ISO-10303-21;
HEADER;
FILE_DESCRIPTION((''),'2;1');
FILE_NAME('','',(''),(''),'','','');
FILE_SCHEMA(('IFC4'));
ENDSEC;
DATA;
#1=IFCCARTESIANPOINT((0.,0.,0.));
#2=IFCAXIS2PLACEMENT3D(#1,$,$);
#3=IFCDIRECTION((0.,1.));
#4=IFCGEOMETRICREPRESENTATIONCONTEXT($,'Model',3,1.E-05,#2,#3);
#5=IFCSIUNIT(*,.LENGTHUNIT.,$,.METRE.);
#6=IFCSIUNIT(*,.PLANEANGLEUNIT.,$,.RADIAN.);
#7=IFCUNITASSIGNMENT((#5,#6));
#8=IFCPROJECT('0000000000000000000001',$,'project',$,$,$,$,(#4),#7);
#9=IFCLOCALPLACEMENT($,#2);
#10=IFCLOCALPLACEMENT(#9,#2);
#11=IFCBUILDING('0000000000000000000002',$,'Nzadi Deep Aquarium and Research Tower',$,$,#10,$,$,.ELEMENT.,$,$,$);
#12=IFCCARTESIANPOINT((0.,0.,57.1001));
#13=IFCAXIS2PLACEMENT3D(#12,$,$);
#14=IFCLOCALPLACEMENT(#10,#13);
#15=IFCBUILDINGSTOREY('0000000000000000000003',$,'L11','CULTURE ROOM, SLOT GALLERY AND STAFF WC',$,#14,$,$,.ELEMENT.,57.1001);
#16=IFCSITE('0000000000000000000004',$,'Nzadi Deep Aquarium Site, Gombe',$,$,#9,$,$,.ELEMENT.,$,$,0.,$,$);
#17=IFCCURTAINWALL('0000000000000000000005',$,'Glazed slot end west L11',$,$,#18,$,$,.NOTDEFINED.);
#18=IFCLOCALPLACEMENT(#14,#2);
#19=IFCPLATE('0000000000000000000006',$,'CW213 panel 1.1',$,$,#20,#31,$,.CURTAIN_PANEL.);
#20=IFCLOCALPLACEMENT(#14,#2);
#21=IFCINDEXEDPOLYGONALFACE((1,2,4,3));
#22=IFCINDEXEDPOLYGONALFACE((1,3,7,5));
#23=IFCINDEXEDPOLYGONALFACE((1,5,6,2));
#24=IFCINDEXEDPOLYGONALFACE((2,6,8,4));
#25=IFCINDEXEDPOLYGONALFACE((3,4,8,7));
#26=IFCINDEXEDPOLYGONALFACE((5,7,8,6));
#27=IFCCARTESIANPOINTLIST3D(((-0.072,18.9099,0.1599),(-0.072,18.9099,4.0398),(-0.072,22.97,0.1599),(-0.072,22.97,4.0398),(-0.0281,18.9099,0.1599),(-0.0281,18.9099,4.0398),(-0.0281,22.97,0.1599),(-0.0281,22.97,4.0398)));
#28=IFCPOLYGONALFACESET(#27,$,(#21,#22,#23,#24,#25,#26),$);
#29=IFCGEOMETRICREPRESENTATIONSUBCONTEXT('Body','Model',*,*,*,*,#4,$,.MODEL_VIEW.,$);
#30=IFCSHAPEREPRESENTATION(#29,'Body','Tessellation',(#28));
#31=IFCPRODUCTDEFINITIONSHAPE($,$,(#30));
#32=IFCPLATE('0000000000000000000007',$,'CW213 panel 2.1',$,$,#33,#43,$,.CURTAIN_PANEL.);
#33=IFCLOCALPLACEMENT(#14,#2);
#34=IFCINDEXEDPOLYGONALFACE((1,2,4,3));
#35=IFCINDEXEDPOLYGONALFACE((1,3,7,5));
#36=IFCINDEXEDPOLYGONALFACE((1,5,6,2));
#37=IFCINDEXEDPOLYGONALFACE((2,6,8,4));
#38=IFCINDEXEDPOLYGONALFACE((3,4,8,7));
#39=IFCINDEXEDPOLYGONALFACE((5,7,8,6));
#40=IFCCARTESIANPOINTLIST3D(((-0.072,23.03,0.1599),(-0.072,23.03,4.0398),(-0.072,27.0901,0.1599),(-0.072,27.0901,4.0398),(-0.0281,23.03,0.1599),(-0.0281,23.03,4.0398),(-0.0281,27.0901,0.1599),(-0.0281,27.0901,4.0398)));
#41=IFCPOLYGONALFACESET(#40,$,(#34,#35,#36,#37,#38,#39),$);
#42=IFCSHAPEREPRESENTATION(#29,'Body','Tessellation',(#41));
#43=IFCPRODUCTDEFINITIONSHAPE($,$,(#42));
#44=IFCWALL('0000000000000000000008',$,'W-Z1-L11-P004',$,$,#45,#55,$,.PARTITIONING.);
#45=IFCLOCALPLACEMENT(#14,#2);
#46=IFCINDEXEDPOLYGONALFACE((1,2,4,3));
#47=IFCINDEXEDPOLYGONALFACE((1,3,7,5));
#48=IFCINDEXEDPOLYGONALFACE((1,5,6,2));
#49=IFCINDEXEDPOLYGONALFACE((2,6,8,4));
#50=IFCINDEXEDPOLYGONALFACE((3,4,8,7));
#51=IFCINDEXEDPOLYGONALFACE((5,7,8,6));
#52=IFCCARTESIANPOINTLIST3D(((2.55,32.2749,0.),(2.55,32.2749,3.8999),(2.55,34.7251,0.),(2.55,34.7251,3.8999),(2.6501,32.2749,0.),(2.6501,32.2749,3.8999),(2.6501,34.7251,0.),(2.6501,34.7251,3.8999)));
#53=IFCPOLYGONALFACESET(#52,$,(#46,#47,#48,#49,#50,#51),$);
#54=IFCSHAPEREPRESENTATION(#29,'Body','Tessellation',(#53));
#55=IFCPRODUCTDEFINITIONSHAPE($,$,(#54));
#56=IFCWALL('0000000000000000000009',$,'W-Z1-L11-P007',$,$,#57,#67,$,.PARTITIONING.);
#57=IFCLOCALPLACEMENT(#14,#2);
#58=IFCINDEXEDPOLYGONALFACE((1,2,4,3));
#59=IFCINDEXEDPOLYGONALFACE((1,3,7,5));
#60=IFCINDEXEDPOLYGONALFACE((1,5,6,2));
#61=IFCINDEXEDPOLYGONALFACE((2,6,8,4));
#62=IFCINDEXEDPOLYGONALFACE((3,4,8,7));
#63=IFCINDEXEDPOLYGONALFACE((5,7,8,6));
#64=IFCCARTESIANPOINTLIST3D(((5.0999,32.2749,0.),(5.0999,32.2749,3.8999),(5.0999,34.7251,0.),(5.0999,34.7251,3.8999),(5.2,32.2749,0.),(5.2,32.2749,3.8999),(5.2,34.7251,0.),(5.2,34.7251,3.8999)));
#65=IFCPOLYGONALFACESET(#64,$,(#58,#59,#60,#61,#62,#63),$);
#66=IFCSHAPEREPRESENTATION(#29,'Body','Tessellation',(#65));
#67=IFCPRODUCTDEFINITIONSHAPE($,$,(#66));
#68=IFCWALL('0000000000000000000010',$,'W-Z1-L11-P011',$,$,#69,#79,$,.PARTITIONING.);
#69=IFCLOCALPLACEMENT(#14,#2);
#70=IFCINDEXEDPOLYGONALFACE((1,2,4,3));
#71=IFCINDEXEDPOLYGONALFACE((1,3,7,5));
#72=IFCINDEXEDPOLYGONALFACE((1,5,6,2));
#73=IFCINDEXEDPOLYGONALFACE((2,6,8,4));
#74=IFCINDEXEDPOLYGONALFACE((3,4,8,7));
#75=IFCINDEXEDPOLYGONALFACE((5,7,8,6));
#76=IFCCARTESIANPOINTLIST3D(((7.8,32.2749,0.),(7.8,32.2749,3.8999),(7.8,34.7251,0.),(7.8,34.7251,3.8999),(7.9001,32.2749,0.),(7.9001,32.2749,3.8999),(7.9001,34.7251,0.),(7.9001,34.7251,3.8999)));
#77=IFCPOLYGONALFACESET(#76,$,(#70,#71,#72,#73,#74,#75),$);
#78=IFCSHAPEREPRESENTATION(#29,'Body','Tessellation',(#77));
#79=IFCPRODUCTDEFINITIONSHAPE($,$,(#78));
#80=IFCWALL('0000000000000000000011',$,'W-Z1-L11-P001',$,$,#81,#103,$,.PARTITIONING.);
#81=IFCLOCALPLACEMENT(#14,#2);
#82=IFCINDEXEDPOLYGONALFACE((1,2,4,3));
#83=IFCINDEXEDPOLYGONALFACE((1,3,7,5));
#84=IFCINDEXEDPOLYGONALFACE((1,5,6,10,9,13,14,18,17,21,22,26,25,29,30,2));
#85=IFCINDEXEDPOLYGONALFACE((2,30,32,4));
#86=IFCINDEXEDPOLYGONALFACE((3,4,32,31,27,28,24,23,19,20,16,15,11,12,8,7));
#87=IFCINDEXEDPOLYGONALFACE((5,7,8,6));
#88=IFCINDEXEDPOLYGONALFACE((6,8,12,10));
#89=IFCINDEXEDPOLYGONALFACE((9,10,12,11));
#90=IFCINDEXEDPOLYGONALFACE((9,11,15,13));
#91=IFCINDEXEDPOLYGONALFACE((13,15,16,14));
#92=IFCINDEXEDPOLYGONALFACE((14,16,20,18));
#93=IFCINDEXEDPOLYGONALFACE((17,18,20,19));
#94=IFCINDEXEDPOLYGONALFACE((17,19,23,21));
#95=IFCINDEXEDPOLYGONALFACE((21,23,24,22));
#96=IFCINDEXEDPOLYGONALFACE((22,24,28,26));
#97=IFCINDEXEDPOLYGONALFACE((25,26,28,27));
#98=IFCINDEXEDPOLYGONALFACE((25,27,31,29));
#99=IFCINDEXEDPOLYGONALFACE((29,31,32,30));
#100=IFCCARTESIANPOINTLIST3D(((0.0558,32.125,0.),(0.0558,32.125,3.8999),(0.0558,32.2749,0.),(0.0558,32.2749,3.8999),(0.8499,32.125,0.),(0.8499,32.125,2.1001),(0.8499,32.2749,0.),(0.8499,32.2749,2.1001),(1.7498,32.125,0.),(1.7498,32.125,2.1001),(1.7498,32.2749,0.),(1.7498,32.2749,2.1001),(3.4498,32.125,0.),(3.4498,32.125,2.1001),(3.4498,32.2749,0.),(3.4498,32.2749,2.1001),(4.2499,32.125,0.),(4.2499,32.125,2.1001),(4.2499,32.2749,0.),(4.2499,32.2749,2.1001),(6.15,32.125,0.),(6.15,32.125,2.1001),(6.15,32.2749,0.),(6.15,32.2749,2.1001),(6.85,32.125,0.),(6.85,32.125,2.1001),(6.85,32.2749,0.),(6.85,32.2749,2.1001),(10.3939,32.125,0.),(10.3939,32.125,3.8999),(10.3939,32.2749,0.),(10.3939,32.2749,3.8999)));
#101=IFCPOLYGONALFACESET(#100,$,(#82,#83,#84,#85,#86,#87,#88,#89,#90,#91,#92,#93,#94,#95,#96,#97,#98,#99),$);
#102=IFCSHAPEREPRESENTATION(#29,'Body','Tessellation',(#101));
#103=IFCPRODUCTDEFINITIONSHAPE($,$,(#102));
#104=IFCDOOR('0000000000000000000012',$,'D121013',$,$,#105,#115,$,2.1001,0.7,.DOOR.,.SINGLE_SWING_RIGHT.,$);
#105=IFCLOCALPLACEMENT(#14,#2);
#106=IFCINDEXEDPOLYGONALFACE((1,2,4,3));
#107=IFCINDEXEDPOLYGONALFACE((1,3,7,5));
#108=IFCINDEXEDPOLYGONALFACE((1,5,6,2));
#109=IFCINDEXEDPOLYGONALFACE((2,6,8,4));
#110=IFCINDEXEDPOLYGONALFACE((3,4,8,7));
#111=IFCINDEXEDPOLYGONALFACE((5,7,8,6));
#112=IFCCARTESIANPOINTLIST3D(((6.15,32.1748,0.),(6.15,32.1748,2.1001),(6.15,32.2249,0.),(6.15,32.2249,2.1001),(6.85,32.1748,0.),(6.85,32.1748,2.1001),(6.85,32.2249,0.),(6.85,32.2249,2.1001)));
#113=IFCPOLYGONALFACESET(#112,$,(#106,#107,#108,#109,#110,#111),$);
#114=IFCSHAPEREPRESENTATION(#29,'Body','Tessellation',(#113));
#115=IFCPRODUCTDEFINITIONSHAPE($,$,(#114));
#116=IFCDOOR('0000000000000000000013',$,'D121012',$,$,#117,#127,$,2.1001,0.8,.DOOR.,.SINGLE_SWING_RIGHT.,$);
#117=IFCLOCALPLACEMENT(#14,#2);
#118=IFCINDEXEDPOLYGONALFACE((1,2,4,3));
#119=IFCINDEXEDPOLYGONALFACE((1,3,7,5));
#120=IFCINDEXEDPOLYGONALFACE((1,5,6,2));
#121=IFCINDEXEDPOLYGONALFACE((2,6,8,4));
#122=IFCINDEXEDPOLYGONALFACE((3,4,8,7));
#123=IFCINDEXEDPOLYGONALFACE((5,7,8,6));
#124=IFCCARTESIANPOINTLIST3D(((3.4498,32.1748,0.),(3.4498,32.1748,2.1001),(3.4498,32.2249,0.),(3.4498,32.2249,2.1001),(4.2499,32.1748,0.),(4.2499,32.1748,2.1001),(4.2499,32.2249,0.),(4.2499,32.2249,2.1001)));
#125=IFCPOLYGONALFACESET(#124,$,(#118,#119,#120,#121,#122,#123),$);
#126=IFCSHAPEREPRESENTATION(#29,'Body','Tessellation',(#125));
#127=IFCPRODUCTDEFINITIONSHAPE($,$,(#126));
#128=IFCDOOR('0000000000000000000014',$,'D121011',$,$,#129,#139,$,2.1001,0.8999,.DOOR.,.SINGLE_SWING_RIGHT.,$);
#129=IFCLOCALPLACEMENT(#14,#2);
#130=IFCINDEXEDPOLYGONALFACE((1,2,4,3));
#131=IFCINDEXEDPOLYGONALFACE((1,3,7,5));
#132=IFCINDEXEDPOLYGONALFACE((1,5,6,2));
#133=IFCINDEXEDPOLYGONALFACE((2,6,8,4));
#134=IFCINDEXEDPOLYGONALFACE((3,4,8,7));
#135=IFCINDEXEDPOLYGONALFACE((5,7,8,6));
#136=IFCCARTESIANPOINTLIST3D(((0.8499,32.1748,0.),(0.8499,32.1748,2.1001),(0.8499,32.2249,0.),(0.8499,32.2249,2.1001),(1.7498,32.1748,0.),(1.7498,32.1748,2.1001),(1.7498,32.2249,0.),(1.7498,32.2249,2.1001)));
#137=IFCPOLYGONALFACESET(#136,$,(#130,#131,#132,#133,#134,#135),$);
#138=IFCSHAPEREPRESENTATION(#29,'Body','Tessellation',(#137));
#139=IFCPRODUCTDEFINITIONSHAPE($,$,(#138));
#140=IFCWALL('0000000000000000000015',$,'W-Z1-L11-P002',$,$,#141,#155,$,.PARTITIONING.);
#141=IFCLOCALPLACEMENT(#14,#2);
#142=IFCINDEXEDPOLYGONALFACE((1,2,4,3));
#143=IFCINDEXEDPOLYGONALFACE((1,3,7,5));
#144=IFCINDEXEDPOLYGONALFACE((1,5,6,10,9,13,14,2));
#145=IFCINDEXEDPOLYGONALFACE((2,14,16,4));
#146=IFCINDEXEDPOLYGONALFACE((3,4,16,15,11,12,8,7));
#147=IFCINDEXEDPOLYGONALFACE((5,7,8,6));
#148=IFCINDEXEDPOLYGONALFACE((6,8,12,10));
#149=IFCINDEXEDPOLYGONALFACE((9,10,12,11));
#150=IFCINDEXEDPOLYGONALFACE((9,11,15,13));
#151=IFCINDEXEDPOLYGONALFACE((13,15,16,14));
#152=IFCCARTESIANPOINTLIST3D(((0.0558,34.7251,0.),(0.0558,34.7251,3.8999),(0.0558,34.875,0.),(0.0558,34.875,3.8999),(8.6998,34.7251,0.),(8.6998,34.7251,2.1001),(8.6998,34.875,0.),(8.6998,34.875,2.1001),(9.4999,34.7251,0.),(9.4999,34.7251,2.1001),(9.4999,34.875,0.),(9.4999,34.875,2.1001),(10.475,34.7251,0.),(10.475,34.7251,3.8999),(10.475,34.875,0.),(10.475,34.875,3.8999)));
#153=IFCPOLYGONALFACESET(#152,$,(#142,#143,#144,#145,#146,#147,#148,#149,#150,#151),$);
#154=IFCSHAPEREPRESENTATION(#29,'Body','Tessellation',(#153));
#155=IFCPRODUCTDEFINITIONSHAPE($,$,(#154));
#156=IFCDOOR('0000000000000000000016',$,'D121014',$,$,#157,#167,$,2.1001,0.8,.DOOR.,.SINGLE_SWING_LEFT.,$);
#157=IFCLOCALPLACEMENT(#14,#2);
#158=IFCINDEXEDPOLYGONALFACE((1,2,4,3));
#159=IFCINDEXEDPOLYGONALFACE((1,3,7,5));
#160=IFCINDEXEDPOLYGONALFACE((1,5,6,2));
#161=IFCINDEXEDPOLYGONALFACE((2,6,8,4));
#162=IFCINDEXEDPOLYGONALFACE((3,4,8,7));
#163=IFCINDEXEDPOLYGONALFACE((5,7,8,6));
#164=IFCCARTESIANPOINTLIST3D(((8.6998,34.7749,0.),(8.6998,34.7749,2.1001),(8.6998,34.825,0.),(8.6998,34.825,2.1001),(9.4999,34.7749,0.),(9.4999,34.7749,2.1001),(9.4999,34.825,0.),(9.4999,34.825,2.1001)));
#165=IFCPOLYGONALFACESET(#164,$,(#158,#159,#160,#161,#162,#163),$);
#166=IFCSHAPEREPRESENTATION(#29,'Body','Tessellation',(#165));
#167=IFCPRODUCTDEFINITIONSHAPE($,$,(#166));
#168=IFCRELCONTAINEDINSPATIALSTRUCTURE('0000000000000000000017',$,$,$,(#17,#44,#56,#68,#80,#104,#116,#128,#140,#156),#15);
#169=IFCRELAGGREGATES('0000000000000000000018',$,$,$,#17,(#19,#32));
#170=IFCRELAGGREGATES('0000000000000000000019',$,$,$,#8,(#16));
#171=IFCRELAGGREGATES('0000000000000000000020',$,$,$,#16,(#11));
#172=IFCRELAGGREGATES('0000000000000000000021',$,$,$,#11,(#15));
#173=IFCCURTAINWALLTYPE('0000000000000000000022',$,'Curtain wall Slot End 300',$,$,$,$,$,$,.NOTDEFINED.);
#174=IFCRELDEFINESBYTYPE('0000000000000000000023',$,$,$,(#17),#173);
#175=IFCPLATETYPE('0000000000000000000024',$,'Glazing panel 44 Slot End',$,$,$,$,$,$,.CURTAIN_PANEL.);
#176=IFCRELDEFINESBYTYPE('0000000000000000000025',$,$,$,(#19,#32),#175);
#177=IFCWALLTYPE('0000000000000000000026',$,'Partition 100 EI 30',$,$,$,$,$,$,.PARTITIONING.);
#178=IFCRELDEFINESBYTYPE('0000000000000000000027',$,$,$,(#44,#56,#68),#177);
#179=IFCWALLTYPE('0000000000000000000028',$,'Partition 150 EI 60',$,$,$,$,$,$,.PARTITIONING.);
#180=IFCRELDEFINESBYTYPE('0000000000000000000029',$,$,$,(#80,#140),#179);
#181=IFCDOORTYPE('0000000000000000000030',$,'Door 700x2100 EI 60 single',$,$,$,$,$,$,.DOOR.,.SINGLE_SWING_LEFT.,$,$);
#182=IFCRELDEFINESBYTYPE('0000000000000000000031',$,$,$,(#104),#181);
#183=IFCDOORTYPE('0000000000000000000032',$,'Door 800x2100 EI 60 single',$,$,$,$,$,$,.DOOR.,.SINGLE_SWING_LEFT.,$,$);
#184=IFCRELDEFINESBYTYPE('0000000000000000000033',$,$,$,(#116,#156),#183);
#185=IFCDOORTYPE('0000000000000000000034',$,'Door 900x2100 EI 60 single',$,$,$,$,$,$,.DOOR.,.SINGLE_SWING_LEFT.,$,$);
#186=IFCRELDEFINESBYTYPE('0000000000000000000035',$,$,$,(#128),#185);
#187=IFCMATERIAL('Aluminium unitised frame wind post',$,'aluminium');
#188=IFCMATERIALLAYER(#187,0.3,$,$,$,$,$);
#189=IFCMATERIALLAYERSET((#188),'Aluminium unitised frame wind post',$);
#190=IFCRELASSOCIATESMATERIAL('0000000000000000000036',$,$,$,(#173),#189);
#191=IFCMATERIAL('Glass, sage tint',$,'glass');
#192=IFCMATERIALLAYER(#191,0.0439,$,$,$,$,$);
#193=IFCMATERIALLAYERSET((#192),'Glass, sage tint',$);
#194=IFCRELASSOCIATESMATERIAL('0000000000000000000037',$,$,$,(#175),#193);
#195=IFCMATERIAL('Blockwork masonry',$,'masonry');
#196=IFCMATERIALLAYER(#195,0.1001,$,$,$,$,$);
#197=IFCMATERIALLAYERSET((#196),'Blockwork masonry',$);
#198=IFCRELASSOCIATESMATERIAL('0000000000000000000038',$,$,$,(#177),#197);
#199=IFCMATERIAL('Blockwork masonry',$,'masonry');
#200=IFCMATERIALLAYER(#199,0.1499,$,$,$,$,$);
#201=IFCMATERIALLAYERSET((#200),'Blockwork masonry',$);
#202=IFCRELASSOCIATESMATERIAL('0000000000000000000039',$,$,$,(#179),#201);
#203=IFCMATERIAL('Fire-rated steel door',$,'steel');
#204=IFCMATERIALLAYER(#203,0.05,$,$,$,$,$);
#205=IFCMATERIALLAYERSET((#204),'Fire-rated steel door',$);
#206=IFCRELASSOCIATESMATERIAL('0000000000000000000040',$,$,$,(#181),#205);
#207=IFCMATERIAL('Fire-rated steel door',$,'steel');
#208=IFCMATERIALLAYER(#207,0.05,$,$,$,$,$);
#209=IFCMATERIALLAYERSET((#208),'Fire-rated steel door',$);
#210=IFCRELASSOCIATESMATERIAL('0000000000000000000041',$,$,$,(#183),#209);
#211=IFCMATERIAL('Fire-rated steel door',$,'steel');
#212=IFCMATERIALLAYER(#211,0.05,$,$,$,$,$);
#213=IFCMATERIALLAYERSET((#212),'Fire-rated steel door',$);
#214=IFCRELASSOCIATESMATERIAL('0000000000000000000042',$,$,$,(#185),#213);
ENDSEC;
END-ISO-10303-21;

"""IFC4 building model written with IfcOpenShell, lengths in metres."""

from ifc_helpers import new_model, si_unit, direction, frame, frame_2d, origin, origin_2d, place, context, subcontext, project, spatial, rectangle, extrude, material, layer, layer_set, type_object, element, fill, aggregate, save


model = new_model("IFC4")

# Units and contexts
model_context = context("Model", 3, precision=1e-05, world=origin(), true_north=direction((0.0, 1.0)))
body_context = subcontext(model_context, "Body", "Model", "MODEL_VIEW")
ifc_project = project(units=[si_unit("LENGTHUNIT", "METRE"), si_unit("PLANEANGLEUNIT", "RADIAN")], contexts=[model_context])

# Site, building, storey
site_placement = place(None, origin())
site = spatial("IfcSite", under=ifc_project, at=site_placement, Name="Nzadi Deep Aquarium Site, Gombe", CompositionType="ELEMENT", RefElevation=0.0)
building_placement = place(site_placement, origin())
building = spatial("IfcBuilding", under=site, at=building_placement, Name="Nzadi Deep Aquarium and Research Tower", CompositionType="ELEMENT")
storey_placement = place(building_placement, frame((0.0, 0.0, 57.1001)))
storey = spatial("IfcBuildingStorey", under=building, at=storey_placement, Name="L11", Description="CULTURE ROOM, SLOT GALLERY AND STAFF WC", CompositionType="ELEMENT", Elevation=57.1001)

# Curtain wall
ifc_material_1 = material(Name="Aluminium unitised frame wind post", Category="aluminium")
ifc_layer_1 = layer(ifc_material_1, 0.3)
ifc_layer_set_1 = layer_set([ifc_layer_1], Name="Aluminium unitised frame wind post")
curtain_wall_type_1 = type_object("IfcCurtainWallType", Name="Curtain wall Slot End 300", PredefinedType="NOTDEFINED", material=ifc_layer_set_1)
curtain_wall_1_placement = place(storey_placement, origin())
curtain_wall_1 = element("IfcCurtainWall", 1, at=curtain_wall_1_placement, inside=storey, type_object=curtain_wall_type_1, Name="Glazed slot end west L11", PredefinedType="NOTDEFINED")

# Plates
ifc_material_2 = material(Name="Glass, sage tint", Category="glass")
ifc_layer_2 = layer(ifc_material_2, 0.0439)
ifc_layer_set_2 = layer_set([ifc_layer_2], Name="Glass, sage tint")
plate_type_1 = type_object("IfcPlateType", Name="Glazing panel 44 Slot End", PredefinedType="CURTAIN_PANEL", material=ifc_layer_set_2)
plate_1_placement = place(storey_placement, frame((-0.05, 20.9399, 0.1599), z_axis=(0.0, 0.0, 1.0), x_axis=(0.0, 1.0, 0.0)))
plate_1 = element("IfcPlate", 2, at=plate_1_placement, type_object=plate_type_1, Name="CW213 panel 1.1", PredefinedType="CURTAIN_PANEL", context=body_context, shape_type="SweptSolid", body=[
    extrude(rectangle(XDim=4.0601, YDim=0.0439, at=origin_2d()), origin(), (0.0, 0.0, 1.0), 3.8799),
])
plate_2_placement = place(storey_placement, frame((-0.05, 25.0601, 0.1599), z_axis=(0.0, 0.0, 1.0), x_axis=(0.0, 1.0, 0.0)))
plate_2 = element("IfcPlate", 3, at=plate_2_placement, type_object=plate_type_1, Name="CW213 panel 2.1", PredefinedType="CURTAIN_PANEL", context=body_context, shape_type="SweptSolid", body=[
    extrude(rectangle(XDim=4.0601, YDim=0.0439, at=origin_2d()), origin(), (0.0, 0.0, 1.0), 3.8799),
])
aggregate(curtain_wall_1, [plate_1, plate_2])

# Walls
ifc_material_3 = material(Name="Blockwork masonry", Category="masonry")
ifc_layer_3 = layer(ifc_material_3, 0.1001)
ifc_layer_set_3 = layer_set([ifc_layer_3], Name="Blockwork masonry")
wall_type_1 = type_object("IfcWallType", Name="Partition 100 EI 30", PredefinedType="PARTITIONING", material=ifc_layer_set_3)
for number, where, z_axis, x_axis, name in (
    (4, (2.6001, 32.2749, 0.0), (0.0, 0.0, 1.0), (0.0, 1.0, 0.0), "W-Z1-L11-P004"),
    (5, (5.1499, 32.2749, 0.0), (0.0, 0.0, 1.0), (0.0, 1.0, 0.0), "W-Z1-L11-P007"),
    (6, (7.8501, 32.2749, 0.0), (0.0, 0.0, 1.0), (0.0, 1.0, 0.0), "W-Z1-L11-P011"),
):
    element("IfcWall", number, at=place(storey_placement, frame(where, z_axis=z_axis, x_axis=x_axis)), inside=storey, type_object=wall_type_1, Name=name, PredefinedType="PARTITIONING", context=body_context, shape_type="SweptSolid", body=[
        extrude(rectangle(XDim=2.4502, YDim=0.1001, at=frame_2d((1.2251, 0.0))), origin(), (0.0, 0.0, 1.0), 3.8999),
    ])

# Wall, openings, doors
ifc_material_4 = material(Name="Blockwork masonry", Category="masonry")
ifc_layer_4 = layer(ifc_material_4, 0.1499)
ifc_layer_set_4 = layer_set([ifc_layer_4], Name="Blockwork masonry")
wall_type_2 = type_object("IfcWallType", Name="Partition 150 EI 60", PredefinedType="PARTITIONING", material=ifc_layer_set_4)
wall_1_placement = place(storey_placement, frame((0.0559, 32.2, 0.0), z_axis=(0.0, 0.0, 1.0), x_axis=(1.0, 0.0, 0.0)))
wall_1 = element("IfcWall", 7, at=wall_1_placement, inside=storey, type_object=wall_type_2, Name="W-Z1-L11-P001", PredefinedType="PARTITIONING", context=body_context, shape_type="SweptSolid", body=[
    extrude(rectangle(XDim=10.3381, YDim=0.1499, at=frame_2d((5.1689, 0.0))), origin(), (0.0, 0.0, 1.0), 3.8999),
])
opening_1_placement = place(wall_1_placement, frame((0.7939, 0.0, 0.0)))
opening_1 = element("IfcOpeningElement", 8, at=opening_1_placement, cuts=wall_1, PredefinedType="OPENING", context=body_context, shape_type="SweptSolid", body=[
    extrude(rectangle(XDim=0.8999, YDim=2.1001, at=frame_2d((0.45, 1.05))), frame((0.0, 0.085, 0.0), z_axis=(0.0, -1.0, 0.0), x_axis=(1.0, 0.0, 0.0)), (0.0, 0.0, 1.0), 0.1699),
])
opening_2_placement = place(wall_1_placement, frame((3.394, 0.0, 0.0)))
opening_2 = element("IfcOpeningElement", 9, at=opening_2_placement, cuts=wall_1, PredefinedType="OPENING", context=body_context, shape_type="SweptSolid", body=[
    extrude(rectangle(XDim=0.8, YDim=2.1001, at=frame_2d((0.3999, 1.05))), frame((0.0, 0.085, 0.0), z_axis=(0.0, -1.0, 0.0), x_axis=(1.0, 0.0, 0.0)), (0.0, 0.0, 1.0), 0.1699),
])
opening_3_placement = place(wall_1_placement, frame((6.094, 0.0, 0.0)))
opening_3 = element("IfcOpeningElement", 10, at=opening_3_placement, cuts=wall_1, PredefinedType="OPENING", context=body_context, shape_type="SweptSolid", body=[
    extrude(rectangle(XDim=0.7, YDim=2.1001, at=frame_2d((0.3501, 1.05))), frame((0.0, 0.085, 0.0), z_axis=(0.0, -1.0, 0.0), x_axis=(1.0, 0.0, 0.0)), (0.0, 0.0, 1.0), 0.1699),
])
ifc_material_5 = material(Name="Fire-rated steel door", Category="steel")
ifc_layer_5 = layer(ifc_material_5, 0.05)
ifc_layer_set_5 = layer_set([ifc_layer_5], Name="Fire-rated steel door")
door_type_1 = type_object("IfcDoorType", Name="Door 700x2100 EI 60 single", OperationType="SINGLE_SWING_LEFT", PredefinedType="DOOR", material=ifc_layer_set_5)
door_1_placement = place(opening_3_placement, origin())
door_1 = element("IfcDoor", 11, at=door_1_placement, inside=storey, type_object=door_type_1, Name="D121013", OperationType="SINGLE_SWING_RIGHT", OverallHeight=2.1001, OverallWidth=0.7, PredefinedType="DOOR", context=body_context, shape_type="SweptSolid", body=[
    extrude(rectangle(XDim=0.7, YDim=2.1001, at=frame_2d((0.3501, 1.05))), frame((0.0, 0.0249, 0.0), z_axis=(0.0, -1.0, 0.0), x_axis=(1.0, 0.0, 0.0)), (0.0, 0.0, 1.0), 0.05),
])
fill(opening_3, door_1)
ifc_material_6 = material(Name="Fire-rated steel door", Category="steel")
ifc_layer_6 = layer(ifc_material_6, 0.05)
ifc_layer_set_6 = layer_set([ifc_layer_6], Name="Fire-rated steel door")
door_type_2 = type_object("IfcDoorType", Name="Door 800x2100 EI 60 single", OperationType="SINGLE_SWING_LEFT", PredefinedType="DOOR", material=ifc_layer_set_6)
door_2_placement = place(opening_2_placement, origin())
door_2 = element("IfcDoor", 12, at=door_2_placement, inside=storey, type_object=door_type_2, Name="D121012", OperationType="SINGLE_SWING_RIGHT", OverallHeight=2.1001, OverallWidth=0.8, PredefinedType="DOOR", context=body_context, shape_type="SweptSolid", body=[
    extrude(rectangle(XDim=0.8, YDim=2.1001, at=frame_2d((0.3999, 1.05))), frame((0.0, 0.0249, 0.0), z_axis=(0.0, -1.0, 0.0), x_axis=(1.0, 0.0, 0.0)), (0.0, 0.0, 1.0), 0.05),
])
fill(opening_2, door_2)
ifc_material_7 = material(Name="Fire-rated steel door", Category="steel")
ifc_layer_7 = layer(ifc_material_7, 0.05)
ifc_layer_set_7 = layer_set([ifc_layer_7], Name="Fire-rated steel door")
door_type_3 = type_object("IfcDoorType", Name="Door 900x2100 EI 60 single", OperationType="SINGLE_SWING_LEFT", PredefinedType="DOOR", material=ifc_layer_set_7)
door_3_placement = place(opening_1_placement, origin())
door_3 = element("IfcDoor", 13, at=door_3_placement, inside=storey, type_object=door_type_3, Name="D121011", OperationType="SINGLE_SWING_RIGHT", OverallHeight=2.1001, OverallWidth=0.8999, PredefinedType="DOOR", context=body_context, shape_type="SweptSolid", body=[
    extrude(rectangle(XDim=0.8999, YDim=2.1001, at=frame_2d((0.45, 1.05))), frame((0.0, 0.0249, 0.0), z_axis=(0.0, -1.0, 0.0), x_axis=(1.0, 0.0, 0.0)), (0.0, 0.0, 1.0), 0.05),
])
fill(opening_1, door_3)

# Wall, opening, door
wall_2_placement = place(storey_placement, frame((0.0559, 34.8, 0.0), z_axis=(0.0, 0.0, 1.0), x_axis=(1.0, 0.0, 0.0)))
wall_2 = element("IfcWall", 14, at=wall_2_placement, inside=storey, type_object=wall_type_2, Name="W-Z1-L11-P002", PredefinedType="PARTITIONING", context=body_context, shape_type="SweptSolid", body=[
    extrude(rectangle(XDim=10.4192, YDim=0.1499, at=frame_2d((5.2095, 0.0))), origin(), (0.0, 0.0, 1.0), 3.8999),
])
opening_4_placement = place(wall_2_placement, frame((8.644, 0.0, 0.0)))
opening_4 = element("IfcOpeningElement", 15, at=opening_4_placement, cuts=wall_2, PredefinedType="OPENING", context=body_context, shape_type="SweptSolid", body=[
    extrude(rectangle(XDim=0.8, YDim=2.1001, at=frame_2d((0.3999, 1.05))), frame((0.0, 0.085, 0.0), z_axis=(0.0, -1.0, 0.0), x_axis=(1.0, 0.0, 0.0)), (0.0, 0.0, 1.0), 0.1699),
])
door_4_placement = place(opening_4_placement, origin())
door_4 = element("IfcDoor", 16, at=door_4_placement, inside=storey, type_object=door_type_2, Name="D121014", OperationType="SINGLE_SWING_LEFT", OverallHeight=2.1001, OverallWidth=0.8, PredefinedType="DOOR", context=body_context, shape_type="SweptSolid", body=[
    extrude(rectangle(XDim=0.8, YDim=2.1001, at=frame_2d((0.3999, 1.05))), frame((0.0, 0.0249, 0.0), z_axis=(0.0, -1.0, 0.0), x_axis=(1.0, 0.0, 0.0)), (0.0, 0.0, 1.0), 0.05),
])
fill(opening_4, door_4)

save(model, "model.ifc")
